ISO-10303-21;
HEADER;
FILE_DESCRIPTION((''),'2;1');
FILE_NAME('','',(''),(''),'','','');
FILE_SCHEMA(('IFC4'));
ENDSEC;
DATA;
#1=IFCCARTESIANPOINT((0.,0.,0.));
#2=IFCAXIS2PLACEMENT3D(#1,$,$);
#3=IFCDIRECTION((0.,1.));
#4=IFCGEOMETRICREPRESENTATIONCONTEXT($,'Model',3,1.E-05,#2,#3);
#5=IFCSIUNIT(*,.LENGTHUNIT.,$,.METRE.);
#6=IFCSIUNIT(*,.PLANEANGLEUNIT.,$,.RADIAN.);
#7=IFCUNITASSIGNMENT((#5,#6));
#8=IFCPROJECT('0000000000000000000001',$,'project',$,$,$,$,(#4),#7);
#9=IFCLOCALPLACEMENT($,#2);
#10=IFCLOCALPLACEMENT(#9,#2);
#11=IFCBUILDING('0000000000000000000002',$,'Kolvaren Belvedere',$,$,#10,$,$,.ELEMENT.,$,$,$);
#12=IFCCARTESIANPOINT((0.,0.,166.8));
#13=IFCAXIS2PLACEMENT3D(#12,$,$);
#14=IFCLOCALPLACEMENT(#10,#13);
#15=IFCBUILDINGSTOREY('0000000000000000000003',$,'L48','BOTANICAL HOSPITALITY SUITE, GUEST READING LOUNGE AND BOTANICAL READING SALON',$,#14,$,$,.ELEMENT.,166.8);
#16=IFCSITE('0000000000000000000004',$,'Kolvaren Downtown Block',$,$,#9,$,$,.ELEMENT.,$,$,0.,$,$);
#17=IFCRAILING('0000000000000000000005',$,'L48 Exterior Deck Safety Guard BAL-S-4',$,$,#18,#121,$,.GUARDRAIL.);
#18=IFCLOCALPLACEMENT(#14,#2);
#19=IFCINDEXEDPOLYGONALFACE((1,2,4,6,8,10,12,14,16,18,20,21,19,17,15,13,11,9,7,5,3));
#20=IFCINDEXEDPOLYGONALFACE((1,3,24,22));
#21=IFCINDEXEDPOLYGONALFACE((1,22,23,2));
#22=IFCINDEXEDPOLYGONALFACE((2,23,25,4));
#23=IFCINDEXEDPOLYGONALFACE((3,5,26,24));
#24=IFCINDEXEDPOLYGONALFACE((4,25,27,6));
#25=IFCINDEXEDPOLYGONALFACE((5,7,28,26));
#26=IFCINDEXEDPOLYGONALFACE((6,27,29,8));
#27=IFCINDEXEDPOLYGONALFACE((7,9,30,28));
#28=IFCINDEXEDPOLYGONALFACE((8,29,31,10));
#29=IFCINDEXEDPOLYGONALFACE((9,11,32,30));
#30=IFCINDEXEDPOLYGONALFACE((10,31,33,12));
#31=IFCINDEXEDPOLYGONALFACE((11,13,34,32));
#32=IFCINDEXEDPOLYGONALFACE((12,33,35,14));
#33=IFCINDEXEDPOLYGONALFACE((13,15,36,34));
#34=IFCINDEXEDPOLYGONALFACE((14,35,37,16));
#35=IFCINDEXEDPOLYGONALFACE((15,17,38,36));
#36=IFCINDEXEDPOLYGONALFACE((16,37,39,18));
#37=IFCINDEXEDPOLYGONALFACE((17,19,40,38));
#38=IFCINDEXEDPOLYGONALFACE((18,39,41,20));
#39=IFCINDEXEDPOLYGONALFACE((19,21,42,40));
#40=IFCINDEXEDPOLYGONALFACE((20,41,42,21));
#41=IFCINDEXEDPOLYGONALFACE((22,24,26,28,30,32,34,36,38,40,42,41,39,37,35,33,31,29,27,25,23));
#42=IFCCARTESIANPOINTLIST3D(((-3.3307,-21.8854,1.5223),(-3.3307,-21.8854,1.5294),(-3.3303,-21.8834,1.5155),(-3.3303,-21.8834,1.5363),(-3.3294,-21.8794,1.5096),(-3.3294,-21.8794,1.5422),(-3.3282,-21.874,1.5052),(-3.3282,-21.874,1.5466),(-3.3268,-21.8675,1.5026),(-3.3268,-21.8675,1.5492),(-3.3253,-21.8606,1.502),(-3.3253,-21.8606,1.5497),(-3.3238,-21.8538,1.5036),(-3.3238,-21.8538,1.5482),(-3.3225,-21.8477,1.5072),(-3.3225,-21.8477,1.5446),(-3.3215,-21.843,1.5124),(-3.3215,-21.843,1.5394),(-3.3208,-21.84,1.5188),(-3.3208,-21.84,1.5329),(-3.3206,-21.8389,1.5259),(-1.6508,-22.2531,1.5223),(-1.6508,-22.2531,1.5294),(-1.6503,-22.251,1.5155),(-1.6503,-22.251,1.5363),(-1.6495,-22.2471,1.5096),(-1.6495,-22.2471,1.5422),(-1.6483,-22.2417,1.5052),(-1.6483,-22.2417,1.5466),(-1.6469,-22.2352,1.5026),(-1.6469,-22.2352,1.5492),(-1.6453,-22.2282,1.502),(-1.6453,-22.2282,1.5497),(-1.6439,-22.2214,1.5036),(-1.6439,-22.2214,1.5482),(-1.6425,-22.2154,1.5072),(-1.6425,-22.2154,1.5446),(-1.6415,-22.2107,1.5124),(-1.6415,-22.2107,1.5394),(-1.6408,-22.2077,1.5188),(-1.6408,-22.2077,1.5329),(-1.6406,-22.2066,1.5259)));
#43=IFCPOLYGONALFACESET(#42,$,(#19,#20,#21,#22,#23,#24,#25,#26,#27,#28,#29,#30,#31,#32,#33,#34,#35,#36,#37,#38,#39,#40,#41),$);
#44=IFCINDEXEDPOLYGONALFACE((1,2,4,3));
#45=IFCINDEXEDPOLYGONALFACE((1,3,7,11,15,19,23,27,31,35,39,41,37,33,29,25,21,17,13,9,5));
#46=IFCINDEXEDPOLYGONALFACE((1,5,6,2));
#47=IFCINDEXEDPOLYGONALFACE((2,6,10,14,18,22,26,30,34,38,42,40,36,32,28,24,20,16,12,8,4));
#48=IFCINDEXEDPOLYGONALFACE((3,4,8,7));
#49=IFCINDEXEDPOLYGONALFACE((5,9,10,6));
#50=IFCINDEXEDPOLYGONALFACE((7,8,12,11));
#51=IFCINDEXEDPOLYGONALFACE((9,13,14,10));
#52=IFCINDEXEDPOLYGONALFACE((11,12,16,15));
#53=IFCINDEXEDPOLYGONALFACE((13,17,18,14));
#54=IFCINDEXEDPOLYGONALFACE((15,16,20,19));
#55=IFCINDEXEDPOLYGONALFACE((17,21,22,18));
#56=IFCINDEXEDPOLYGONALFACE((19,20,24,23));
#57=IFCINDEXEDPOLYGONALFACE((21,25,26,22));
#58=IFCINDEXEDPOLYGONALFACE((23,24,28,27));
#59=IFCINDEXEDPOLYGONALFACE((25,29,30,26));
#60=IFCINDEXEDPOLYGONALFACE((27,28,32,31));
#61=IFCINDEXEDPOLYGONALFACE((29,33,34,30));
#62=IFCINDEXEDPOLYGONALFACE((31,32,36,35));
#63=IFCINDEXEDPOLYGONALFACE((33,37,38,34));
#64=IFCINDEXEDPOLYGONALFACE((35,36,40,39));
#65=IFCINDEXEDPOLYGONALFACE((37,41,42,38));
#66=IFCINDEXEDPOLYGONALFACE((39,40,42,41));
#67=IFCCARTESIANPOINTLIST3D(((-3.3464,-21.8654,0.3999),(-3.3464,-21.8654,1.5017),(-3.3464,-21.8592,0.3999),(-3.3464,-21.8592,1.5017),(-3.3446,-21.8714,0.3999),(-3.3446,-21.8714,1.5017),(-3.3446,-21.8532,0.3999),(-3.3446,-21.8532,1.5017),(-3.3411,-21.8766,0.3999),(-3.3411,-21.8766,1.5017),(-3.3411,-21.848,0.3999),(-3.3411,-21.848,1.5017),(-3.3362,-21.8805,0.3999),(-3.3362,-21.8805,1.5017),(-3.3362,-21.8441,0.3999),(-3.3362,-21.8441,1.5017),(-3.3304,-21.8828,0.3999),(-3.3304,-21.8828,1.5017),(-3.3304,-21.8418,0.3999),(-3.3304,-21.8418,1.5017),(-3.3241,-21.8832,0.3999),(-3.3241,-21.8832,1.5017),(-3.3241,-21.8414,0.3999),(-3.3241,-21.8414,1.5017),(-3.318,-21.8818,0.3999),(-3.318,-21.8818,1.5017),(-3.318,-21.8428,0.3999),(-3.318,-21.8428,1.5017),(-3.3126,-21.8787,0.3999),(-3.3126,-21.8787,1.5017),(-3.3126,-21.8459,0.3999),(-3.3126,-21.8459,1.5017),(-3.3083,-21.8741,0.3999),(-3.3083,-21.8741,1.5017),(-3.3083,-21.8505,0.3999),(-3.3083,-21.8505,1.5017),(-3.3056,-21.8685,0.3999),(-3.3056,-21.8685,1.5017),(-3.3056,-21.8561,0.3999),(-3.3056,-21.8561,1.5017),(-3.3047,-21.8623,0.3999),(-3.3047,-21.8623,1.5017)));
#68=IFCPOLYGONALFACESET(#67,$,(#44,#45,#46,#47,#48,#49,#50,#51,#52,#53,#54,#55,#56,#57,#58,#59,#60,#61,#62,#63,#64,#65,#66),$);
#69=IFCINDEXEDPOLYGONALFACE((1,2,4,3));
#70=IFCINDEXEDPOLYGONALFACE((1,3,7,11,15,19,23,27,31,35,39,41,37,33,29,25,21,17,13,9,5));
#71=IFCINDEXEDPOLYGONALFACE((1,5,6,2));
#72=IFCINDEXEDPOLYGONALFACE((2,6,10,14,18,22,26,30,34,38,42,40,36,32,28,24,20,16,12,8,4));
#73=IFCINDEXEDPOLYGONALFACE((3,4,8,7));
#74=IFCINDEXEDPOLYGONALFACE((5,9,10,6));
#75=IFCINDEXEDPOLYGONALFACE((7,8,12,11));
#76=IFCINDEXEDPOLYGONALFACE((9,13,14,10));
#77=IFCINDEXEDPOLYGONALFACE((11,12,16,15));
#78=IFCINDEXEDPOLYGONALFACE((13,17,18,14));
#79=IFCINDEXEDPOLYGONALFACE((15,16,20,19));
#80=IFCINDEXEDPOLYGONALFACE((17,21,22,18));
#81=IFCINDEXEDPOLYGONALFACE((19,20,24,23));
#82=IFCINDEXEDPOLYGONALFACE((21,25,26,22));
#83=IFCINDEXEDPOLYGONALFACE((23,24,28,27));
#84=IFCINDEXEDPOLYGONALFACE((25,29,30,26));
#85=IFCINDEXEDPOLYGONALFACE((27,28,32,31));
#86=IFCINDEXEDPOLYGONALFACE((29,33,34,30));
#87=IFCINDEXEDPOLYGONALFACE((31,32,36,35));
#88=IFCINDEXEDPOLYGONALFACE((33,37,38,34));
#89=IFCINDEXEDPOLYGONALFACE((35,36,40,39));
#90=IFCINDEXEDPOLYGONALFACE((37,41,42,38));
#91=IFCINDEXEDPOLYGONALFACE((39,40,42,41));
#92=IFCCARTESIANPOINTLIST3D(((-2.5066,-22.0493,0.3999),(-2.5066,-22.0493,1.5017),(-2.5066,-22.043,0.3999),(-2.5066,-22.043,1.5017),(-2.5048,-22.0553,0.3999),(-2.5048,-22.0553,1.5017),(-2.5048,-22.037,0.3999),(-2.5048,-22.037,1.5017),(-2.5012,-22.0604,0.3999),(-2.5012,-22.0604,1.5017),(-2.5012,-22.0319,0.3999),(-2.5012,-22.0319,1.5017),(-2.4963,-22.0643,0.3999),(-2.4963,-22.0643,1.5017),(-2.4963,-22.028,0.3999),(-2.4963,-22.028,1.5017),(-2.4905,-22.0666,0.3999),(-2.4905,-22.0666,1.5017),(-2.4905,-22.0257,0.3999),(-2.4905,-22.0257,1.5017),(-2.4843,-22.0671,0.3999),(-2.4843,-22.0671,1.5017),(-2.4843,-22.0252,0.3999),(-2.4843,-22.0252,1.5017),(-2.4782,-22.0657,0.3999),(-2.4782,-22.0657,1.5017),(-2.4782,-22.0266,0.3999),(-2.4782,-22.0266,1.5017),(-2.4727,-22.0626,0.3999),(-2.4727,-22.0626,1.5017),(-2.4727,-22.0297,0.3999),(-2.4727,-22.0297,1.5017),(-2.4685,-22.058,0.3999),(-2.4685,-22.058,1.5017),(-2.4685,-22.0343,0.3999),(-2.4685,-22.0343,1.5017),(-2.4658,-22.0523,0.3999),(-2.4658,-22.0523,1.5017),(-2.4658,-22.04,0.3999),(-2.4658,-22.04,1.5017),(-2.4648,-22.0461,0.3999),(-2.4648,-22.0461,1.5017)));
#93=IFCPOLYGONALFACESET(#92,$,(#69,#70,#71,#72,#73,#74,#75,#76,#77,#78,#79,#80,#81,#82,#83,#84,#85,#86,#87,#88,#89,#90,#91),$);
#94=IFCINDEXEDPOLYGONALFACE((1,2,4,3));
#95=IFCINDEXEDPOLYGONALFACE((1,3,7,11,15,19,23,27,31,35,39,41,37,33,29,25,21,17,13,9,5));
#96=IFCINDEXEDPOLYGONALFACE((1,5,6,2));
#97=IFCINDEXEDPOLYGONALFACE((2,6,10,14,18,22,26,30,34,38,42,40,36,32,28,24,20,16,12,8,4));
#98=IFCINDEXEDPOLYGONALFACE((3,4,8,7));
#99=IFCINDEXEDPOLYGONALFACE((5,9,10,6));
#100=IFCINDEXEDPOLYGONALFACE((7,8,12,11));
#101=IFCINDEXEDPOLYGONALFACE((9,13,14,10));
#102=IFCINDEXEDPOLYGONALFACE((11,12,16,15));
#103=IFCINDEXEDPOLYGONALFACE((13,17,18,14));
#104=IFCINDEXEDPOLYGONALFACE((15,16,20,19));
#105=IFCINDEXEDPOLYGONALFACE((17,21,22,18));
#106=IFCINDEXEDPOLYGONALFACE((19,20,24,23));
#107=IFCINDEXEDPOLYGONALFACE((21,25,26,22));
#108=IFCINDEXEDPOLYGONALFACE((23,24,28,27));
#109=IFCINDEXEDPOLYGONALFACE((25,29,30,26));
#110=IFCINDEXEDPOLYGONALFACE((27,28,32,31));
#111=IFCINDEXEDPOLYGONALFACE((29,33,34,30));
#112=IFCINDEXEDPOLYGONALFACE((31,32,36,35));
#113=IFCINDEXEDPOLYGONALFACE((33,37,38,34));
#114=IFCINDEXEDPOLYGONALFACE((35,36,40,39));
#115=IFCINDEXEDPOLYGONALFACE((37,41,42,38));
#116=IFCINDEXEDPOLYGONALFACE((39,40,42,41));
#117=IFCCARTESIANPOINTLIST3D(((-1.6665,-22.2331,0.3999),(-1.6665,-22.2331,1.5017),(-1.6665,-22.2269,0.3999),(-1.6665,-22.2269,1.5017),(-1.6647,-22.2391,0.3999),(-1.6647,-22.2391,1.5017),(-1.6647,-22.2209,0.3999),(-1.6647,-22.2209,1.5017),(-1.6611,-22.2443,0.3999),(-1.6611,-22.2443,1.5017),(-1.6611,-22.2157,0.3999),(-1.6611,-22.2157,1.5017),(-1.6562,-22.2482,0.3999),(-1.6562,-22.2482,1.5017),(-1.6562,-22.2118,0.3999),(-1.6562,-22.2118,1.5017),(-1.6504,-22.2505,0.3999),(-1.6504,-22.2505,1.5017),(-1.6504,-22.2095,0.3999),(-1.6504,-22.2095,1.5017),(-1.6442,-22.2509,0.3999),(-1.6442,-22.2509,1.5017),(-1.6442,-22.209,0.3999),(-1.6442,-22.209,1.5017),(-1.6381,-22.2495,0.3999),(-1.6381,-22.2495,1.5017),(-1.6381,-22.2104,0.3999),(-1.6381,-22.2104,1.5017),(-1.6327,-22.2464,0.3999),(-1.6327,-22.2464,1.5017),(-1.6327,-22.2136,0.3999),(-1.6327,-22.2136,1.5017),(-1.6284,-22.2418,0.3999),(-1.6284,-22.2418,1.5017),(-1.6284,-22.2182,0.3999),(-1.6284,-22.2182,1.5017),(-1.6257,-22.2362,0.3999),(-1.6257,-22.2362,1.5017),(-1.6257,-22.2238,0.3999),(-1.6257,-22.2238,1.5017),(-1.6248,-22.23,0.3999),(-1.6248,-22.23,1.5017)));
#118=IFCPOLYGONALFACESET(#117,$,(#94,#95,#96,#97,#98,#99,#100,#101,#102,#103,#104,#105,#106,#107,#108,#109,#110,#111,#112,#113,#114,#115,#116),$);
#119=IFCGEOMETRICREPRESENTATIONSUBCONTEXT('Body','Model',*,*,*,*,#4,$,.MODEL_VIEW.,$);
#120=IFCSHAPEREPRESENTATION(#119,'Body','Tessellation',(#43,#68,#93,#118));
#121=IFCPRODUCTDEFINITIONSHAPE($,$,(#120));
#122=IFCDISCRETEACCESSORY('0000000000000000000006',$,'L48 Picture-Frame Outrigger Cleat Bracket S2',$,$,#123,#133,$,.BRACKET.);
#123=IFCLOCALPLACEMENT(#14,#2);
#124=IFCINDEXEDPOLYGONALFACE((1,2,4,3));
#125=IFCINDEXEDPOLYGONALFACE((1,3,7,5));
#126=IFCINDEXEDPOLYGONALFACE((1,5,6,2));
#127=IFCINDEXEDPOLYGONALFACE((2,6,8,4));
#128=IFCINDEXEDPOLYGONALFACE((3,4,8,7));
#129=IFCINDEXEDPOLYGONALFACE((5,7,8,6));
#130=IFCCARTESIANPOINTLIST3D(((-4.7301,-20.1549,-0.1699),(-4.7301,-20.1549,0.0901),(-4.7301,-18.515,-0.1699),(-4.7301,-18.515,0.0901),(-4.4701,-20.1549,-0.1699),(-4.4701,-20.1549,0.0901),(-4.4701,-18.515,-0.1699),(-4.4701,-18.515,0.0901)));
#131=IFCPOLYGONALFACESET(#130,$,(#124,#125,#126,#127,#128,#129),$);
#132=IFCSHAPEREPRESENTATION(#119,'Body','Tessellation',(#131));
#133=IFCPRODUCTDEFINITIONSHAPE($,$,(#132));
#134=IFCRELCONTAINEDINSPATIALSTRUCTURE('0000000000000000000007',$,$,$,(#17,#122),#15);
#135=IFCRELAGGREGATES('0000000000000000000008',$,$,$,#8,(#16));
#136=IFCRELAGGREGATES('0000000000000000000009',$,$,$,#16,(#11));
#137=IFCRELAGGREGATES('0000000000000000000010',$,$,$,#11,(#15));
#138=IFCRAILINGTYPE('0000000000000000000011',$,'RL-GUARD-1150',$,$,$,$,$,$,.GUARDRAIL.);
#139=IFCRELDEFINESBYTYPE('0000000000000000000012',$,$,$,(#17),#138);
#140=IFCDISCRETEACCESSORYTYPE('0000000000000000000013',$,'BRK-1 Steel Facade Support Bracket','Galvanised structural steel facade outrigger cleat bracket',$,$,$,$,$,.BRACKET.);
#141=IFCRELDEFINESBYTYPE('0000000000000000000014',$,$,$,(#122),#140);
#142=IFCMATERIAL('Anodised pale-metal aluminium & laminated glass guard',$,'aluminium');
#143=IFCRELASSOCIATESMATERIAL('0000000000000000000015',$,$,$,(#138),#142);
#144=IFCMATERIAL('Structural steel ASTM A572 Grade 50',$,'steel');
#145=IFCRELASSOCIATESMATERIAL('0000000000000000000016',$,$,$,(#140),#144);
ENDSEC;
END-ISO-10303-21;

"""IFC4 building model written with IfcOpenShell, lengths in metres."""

from ifc_helpers import new_model, si_unit, direction, frame, origin, origin_2d, place, context, subcontext, project, spatial, rectangle, circle, extrude, material, type_object, element, save


model = new_model("IFC4")

# Units and contexts
model_context = context("Model", 3, precision=1e-05, world=origin(), true_north=direction((0.0, 1.0)))
body_context = subcontext(model_context, "Body", "Model", "MODEL_VIEW")
ifc_project = project(units=[si_unit("LENGTHUNIT", "METRE"), si_unit("PLANEANGLEUNIT", "RADIAN")], contexts=[model_context])

# Site, building, storey
site_placement = place(None, origin())
site = spatial("IfcSite", under=ifc_project, at=site_placement, Name="Kolvaren Downtown Block", CompositionType="ELEMENT", RefElevation=0.0)
building_placement = place(site_placement, origin())
building = spatial("IfcBuilding", under=site, at=building_placement, Name="Kolvaren Belvedere", CompositionType="ELEMENT")
storey_placement = place(building_placement, frame((0.0, 0.0, 166.8)))
storey = spatial("IfcBuildingStorey", under=building, at=storey_placement, Name="L48", Description="BOTANICAL HOSPITALITY SUITE, GUEST READING LOUNGE AND BOTANICAL READING SALON", CompositionType="ELEMENT", Elevation=166.8)

# Railing
ifc_material_1 = material(Name="Anodised pale-metal aluminium & laminated glass guard", Category="aluminium")
railing_type = type_object("IfcRailingType", Name="RL-GUARD-1150", PredefinedType="GUARDRAIL", material=ifc_material_1)
railing_1_placement = place(storey_placement, frame((-3.3257, -21.8623, 0.3999)))
element("IfcRailing", 1, at=railing_1_placement, inside=storey, type_object=railing_type, Name="L48 Exterior Deck Safety Guard BAL-S-4", PredefinedType="GUARDRAIL", context=body_context, shape_type="SweptSolid", body=[
    extrude(circle(Radius=0.0239, at=origin_2d()), frame((0.0, 0.0, 1.126), z_axis=(0.976877, -0.213803, 0.0), x_axis=(0.213803, 0.976877, 0.0)), (0.0, 0.0, 1.0), 1.7197),
    extrude(circle(Radius=0.021, at=origin_2d()), origin(), (0.0, 0.0, 1.0), 1.1018),
    extrude(circle(Radius=0.021, at=origin_2d()), frame((0.8398, -0.1838, 0.0)), (0.0, 0.0, 1.0), 1.1018),
    extrude(circle(Radius=0.021, at=origin_2d()), frame((1.6799, -0.3677, 0.0)), (0.0, 0.0, 1.0), 1.1018),
])

# Discrete accessory
ifc_material_2 = material(Name="Structural steel ASTM A572 Grade 50", Category="steel")
discrete_accessory_type = type_object("IfcDiscreteAccessoryType", Name="BRK-1 Steel Facade Support Bracket", Description="Galvanised structural steel facade outrigger cleat bracket", PredefinedType="BRACKET", material=ifc_material_2)
discrete_accessory_placement = place(storey_placement, frame((-4.6001, -19.335, -0.1699), z_axis=(0.0, 0.0, 1.0), x_axis=(0.0, 1.0, 0.0)))
element("IfcDiscreteAccessory", 2, at=discrete_accessory_placement, inside=storey, type_object=discrete_accessory_type, Name="L48 Picture-Frame Outrigger Cleat Bracket S2", PredefinedType="BRACKET", context=body_context, shape_type="SweptSolid", body=[
    extrude(rectangle(XDim=1.6399, YDim=0.26, at=origin_2d()), origin(), (0.0, 0.0, 1.0), 0.26),
])

save(model, "model.ifc")
